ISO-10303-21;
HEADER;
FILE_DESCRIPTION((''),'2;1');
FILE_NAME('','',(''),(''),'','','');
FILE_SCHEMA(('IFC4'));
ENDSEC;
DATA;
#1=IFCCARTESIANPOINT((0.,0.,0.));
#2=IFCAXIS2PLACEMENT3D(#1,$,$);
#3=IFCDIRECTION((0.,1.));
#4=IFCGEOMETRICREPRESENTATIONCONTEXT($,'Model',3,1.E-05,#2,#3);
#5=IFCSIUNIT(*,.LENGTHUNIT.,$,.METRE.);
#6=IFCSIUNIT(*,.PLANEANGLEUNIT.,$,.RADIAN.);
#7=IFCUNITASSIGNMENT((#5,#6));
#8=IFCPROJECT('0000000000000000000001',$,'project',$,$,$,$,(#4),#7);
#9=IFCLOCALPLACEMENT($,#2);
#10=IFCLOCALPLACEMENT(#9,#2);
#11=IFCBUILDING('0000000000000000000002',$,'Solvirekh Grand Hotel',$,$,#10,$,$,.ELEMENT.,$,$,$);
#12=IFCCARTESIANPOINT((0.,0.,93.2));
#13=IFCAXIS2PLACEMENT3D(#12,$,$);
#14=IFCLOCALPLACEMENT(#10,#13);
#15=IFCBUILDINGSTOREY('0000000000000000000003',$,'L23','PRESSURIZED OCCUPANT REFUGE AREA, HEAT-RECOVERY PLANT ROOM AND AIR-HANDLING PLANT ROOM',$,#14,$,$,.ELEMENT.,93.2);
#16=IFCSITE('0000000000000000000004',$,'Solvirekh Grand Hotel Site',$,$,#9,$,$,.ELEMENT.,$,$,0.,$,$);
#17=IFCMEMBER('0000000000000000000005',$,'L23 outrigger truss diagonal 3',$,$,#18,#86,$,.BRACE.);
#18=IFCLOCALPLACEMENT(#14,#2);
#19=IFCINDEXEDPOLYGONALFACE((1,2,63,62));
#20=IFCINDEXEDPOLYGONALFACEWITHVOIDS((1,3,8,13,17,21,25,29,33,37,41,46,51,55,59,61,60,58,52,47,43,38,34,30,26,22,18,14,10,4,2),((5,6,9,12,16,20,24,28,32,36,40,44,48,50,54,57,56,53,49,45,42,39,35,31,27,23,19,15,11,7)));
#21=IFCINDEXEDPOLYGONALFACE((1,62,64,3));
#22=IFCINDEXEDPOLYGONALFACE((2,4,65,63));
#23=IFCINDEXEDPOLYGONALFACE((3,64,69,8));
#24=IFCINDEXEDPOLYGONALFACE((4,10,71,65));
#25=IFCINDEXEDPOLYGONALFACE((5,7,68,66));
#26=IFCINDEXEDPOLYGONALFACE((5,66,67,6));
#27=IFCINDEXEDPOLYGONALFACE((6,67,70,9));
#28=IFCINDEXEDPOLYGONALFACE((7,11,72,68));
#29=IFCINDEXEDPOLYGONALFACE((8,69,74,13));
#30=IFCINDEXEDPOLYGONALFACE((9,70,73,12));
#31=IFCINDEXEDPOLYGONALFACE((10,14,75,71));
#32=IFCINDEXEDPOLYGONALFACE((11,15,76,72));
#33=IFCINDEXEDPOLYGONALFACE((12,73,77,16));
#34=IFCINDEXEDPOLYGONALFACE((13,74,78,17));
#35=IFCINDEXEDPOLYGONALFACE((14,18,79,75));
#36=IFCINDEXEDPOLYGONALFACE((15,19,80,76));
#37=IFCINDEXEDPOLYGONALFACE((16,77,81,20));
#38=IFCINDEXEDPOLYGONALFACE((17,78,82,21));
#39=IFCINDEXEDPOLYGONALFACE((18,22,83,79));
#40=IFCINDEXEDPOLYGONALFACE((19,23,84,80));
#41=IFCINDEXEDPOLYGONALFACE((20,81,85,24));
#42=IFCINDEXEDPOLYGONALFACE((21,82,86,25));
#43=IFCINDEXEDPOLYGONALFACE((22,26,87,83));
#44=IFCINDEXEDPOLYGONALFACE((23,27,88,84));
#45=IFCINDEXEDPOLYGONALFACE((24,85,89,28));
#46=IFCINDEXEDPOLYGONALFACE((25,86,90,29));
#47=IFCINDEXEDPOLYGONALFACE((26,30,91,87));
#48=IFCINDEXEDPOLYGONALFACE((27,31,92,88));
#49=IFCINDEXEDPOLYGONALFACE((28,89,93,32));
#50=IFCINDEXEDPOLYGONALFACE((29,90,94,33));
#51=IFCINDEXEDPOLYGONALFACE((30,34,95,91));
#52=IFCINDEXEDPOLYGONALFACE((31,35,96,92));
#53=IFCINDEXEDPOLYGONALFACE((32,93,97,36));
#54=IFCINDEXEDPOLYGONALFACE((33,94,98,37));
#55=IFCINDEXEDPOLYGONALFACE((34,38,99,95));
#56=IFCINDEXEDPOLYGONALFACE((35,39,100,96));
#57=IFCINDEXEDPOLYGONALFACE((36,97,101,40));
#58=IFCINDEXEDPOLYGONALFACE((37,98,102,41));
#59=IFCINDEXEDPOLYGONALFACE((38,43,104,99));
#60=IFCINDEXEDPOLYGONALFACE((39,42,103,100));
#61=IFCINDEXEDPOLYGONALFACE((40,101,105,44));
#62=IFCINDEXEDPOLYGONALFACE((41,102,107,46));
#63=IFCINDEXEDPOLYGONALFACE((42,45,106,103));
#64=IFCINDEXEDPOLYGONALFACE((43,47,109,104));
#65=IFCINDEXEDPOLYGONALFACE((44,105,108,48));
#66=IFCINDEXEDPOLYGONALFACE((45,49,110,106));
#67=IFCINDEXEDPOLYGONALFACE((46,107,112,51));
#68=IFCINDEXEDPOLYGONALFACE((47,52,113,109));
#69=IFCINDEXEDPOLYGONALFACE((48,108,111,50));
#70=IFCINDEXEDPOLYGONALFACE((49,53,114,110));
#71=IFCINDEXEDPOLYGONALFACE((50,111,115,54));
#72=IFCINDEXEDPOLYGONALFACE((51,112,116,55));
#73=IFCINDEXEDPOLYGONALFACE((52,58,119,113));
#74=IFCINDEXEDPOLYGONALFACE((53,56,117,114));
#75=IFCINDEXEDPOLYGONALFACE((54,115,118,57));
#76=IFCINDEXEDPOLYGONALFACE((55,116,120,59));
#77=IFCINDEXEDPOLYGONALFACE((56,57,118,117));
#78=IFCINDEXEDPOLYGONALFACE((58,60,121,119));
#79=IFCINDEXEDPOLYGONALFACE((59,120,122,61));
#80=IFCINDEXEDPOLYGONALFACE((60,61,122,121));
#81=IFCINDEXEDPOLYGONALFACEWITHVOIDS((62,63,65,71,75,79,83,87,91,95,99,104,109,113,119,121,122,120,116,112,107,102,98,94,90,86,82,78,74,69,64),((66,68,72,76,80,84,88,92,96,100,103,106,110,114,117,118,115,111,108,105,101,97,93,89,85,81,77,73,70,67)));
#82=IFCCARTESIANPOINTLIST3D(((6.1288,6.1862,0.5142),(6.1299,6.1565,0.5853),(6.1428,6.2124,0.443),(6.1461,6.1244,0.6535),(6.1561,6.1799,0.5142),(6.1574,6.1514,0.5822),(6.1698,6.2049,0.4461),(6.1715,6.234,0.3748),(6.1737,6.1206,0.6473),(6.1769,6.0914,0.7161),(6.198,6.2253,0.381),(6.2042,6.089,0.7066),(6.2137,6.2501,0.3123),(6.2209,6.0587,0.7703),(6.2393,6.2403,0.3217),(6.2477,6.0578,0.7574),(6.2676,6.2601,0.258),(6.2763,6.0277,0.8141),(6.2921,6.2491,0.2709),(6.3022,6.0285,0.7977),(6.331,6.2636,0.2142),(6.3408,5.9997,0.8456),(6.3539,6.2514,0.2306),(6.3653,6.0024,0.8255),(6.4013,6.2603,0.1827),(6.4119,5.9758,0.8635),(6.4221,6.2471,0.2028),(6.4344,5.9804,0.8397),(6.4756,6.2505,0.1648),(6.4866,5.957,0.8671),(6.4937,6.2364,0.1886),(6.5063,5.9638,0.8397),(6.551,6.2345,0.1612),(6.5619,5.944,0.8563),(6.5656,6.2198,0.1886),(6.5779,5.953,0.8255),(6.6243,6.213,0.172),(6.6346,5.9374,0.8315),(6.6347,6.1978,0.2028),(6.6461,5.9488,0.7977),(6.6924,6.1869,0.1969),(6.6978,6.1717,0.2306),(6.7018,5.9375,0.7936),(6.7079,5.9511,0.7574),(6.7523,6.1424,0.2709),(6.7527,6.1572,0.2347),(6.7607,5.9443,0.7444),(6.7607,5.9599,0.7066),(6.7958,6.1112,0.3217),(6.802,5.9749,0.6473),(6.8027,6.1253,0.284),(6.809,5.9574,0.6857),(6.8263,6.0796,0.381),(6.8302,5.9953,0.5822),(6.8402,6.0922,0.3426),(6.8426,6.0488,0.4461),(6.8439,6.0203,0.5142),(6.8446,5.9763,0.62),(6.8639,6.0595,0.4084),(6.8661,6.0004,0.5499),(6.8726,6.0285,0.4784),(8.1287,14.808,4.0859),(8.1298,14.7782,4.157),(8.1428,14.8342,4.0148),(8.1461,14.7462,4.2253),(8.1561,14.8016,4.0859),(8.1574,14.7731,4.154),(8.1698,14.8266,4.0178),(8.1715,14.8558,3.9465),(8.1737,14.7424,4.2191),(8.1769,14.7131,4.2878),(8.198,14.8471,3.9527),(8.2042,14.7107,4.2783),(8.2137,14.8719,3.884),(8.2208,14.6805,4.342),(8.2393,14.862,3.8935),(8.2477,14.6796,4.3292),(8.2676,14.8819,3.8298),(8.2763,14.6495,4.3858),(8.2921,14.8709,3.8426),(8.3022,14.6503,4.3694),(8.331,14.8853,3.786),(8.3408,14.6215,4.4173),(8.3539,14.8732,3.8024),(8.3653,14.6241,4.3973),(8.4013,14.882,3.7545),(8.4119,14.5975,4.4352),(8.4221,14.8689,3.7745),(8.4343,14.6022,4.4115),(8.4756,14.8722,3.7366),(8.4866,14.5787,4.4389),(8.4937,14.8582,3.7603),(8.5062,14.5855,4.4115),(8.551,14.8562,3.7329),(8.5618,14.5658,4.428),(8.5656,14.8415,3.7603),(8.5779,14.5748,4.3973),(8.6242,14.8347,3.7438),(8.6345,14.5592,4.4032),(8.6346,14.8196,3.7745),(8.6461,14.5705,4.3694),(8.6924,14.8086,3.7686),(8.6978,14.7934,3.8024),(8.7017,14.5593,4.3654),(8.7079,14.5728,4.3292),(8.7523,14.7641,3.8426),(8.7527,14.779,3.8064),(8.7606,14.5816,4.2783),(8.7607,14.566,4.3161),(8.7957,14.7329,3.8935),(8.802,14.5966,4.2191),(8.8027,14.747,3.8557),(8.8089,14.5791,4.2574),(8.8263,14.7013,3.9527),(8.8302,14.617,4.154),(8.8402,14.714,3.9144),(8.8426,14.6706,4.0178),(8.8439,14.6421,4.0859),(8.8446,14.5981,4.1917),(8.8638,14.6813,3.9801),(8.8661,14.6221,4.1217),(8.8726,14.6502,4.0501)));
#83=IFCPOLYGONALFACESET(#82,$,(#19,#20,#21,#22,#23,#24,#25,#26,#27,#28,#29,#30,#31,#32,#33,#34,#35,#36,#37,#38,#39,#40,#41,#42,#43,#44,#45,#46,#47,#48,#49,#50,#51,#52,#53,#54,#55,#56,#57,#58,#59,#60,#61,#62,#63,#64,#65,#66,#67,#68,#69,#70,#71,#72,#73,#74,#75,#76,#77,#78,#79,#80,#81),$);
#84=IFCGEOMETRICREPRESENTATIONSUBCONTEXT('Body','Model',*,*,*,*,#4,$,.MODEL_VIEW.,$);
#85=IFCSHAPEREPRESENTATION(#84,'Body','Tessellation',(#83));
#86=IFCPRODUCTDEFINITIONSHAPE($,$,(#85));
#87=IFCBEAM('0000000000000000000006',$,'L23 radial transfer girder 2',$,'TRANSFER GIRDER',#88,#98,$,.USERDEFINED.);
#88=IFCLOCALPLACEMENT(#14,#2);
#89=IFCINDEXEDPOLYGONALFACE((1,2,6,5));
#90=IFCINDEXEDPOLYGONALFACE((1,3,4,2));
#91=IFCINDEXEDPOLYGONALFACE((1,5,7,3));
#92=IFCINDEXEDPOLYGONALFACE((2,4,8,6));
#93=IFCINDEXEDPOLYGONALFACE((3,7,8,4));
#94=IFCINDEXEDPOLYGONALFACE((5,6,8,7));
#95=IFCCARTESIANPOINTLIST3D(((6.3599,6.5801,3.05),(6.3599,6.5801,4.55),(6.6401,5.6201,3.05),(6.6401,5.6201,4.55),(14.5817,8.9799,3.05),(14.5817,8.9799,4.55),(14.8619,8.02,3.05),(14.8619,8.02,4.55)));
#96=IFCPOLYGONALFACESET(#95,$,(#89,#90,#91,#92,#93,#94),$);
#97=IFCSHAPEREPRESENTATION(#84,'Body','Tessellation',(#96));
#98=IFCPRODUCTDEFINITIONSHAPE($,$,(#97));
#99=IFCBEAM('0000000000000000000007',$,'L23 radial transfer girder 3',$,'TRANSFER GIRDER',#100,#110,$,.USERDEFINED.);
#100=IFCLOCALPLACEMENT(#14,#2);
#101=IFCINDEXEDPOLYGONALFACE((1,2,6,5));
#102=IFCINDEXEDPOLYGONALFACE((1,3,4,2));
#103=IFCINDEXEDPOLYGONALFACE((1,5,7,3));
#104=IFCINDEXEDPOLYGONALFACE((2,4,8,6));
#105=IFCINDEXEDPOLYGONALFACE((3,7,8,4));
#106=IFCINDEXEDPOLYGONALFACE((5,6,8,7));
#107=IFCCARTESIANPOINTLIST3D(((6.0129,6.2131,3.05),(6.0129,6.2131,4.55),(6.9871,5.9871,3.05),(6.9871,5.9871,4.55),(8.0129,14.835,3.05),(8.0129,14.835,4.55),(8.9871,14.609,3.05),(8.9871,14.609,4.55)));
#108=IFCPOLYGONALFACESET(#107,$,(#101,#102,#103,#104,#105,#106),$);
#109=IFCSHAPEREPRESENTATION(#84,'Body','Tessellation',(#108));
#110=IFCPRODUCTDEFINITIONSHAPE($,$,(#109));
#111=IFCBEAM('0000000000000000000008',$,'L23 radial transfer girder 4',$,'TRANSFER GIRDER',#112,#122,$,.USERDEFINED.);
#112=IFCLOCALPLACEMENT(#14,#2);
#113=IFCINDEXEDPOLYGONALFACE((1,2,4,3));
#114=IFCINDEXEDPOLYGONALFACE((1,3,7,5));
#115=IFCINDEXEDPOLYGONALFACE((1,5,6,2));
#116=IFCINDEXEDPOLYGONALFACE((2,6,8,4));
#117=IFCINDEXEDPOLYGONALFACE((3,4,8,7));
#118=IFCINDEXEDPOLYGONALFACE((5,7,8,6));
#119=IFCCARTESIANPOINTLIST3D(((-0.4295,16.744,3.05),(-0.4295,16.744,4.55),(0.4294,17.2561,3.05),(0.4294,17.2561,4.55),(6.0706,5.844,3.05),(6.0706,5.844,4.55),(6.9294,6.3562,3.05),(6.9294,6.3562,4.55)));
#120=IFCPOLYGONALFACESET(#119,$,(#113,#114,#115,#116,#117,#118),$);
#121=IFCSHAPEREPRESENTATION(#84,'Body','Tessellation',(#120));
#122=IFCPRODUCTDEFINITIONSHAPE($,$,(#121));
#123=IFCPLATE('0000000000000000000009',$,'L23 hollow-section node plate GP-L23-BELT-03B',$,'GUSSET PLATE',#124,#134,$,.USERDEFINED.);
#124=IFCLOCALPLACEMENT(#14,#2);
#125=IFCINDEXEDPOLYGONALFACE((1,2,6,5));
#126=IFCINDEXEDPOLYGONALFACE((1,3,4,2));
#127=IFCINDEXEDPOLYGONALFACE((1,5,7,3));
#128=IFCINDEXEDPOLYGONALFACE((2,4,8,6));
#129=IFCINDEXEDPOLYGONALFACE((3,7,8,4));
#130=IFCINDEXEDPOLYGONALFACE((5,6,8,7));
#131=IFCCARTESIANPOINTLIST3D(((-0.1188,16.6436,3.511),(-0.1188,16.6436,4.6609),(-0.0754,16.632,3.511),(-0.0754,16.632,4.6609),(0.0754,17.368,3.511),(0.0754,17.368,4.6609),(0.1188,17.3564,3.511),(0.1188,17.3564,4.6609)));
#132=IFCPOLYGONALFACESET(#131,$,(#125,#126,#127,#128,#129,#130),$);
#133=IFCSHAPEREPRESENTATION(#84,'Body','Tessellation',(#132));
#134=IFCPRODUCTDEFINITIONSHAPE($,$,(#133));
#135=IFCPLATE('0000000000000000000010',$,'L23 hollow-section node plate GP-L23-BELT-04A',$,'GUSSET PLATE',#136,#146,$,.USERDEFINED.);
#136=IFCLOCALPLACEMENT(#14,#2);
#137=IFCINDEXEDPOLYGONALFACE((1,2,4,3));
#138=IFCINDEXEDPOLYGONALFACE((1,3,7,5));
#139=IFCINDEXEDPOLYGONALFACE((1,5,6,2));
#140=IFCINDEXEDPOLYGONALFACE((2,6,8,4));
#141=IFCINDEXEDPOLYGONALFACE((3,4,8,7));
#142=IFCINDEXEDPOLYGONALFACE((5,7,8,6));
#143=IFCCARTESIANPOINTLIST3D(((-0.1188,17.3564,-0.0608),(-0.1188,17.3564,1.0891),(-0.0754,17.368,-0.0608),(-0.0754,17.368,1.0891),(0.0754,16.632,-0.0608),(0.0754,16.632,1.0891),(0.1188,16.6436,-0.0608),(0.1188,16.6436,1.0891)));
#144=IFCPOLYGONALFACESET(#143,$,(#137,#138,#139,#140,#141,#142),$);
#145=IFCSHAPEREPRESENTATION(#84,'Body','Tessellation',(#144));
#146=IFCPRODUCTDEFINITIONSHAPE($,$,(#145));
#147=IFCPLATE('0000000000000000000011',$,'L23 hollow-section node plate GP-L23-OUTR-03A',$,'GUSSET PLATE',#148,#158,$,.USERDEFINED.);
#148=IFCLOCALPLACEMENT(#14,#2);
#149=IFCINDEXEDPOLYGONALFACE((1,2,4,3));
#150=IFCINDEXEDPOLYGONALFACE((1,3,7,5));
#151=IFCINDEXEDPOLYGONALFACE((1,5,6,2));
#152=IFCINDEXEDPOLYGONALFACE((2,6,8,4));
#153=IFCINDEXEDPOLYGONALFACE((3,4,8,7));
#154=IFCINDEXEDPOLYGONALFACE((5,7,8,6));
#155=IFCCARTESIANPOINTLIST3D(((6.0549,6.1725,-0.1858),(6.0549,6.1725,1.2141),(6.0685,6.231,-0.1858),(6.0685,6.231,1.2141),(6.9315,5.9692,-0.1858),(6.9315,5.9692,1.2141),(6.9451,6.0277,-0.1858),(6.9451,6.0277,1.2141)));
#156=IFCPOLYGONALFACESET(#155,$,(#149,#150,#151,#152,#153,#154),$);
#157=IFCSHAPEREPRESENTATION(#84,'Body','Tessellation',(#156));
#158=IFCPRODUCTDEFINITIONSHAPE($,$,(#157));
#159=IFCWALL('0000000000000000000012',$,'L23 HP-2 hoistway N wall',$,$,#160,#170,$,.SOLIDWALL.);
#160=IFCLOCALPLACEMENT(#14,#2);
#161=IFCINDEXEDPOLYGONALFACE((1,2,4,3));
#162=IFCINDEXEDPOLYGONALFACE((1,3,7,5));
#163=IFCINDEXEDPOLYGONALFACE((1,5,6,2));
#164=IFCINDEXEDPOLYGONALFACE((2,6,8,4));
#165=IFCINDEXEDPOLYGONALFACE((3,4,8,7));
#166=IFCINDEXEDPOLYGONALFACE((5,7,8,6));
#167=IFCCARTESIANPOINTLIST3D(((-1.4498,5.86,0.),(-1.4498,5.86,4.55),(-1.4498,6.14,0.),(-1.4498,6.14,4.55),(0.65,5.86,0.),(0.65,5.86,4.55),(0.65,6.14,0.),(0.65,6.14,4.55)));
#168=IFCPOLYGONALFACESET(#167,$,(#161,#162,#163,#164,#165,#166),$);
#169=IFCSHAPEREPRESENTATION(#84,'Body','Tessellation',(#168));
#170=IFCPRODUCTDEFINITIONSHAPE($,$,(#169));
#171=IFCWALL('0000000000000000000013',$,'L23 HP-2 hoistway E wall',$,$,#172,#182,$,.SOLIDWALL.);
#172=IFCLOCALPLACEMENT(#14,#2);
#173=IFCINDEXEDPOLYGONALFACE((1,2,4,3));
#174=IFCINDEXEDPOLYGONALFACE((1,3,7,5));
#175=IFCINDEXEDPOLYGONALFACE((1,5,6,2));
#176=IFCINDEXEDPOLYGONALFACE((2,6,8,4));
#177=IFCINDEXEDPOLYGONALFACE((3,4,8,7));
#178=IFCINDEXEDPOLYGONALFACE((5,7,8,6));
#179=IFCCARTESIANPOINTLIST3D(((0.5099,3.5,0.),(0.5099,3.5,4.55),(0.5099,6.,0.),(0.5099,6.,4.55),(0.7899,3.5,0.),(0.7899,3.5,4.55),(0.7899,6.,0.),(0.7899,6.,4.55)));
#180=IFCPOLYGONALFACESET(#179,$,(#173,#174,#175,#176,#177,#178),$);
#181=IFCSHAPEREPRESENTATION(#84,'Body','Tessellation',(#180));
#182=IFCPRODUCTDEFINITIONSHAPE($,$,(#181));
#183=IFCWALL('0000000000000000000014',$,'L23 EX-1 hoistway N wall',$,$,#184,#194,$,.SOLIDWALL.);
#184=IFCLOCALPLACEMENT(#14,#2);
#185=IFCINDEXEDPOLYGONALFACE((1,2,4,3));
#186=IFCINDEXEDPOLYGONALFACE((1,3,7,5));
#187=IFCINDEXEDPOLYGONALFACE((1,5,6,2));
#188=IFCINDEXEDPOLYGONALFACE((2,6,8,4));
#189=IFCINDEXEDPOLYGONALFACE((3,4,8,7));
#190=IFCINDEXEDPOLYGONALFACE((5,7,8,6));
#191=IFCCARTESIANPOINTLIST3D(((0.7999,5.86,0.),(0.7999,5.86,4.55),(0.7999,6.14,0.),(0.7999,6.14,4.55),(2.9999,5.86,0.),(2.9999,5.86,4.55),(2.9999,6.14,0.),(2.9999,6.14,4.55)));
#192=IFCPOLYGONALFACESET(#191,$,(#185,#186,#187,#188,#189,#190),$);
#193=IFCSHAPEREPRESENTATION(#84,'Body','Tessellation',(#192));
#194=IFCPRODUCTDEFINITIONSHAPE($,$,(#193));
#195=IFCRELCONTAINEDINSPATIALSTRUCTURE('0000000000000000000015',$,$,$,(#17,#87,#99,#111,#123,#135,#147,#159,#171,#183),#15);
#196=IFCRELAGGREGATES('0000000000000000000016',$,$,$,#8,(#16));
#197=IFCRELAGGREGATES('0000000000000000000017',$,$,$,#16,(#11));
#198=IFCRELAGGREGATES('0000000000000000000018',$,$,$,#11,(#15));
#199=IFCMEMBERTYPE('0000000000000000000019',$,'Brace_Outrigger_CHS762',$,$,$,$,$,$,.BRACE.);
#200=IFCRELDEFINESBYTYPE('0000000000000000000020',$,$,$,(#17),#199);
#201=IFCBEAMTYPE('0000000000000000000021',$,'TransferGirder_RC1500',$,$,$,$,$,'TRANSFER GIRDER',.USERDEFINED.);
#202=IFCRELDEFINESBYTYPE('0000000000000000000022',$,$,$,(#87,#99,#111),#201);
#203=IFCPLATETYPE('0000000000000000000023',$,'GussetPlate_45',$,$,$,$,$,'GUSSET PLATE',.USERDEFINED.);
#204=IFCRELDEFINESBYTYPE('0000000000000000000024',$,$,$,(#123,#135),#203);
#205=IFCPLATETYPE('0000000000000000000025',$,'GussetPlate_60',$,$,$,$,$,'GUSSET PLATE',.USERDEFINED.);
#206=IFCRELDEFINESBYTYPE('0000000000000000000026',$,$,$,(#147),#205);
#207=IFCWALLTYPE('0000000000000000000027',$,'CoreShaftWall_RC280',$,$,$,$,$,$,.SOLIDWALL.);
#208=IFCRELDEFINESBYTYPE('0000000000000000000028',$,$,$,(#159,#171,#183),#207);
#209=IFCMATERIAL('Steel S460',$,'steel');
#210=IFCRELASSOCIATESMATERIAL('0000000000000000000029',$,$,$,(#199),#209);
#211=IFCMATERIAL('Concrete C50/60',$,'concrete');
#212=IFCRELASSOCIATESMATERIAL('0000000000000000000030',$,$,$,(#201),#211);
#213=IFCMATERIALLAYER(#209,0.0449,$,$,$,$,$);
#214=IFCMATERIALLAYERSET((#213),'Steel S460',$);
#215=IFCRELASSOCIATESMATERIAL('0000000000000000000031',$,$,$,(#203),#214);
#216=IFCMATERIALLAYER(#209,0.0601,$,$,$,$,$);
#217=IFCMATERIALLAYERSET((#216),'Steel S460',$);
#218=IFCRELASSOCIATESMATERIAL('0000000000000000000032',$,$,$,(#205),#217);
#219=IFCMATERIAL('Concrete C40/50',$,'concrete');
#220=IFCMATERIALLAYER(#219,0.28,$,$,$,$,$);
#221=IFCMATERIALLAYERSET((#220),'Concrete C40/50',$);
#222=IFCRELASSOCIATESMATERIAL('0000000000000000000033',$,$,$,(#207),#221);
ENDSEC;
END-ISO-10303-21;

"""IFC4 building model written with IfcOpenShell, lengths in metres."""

from ifc_helpers import new_model, si_unit, direction, frame, frame_2d, origin, origin_2d, place, context, subcontext, project, spatial, rectangle, hollow_circle, extrude, material, layer, layer_set, material_profile, profile_set, type_object, element, save


model = new_model("IFC4")

# Units and contexts
model_context = context("Model", 3, precision=1e-05, world=origin(), true_north=direction((0.0, 1.0)))
body_context = subcontext(model_context, "Body", "Model", "MODEL_VIEW")
ifc_project = project(units=[si_unit("LENGTHUNIT", "METRE"), si_unit("PLANEANGLEUNIT", "RADIAN")], contexts=[model_context])

# Site, building, storey
site_placement = place(None, origin())
site = spatial("IfcSite", under=ifc_project, at=site_placement, Name="Solvirekh Grand Hotel Site", CompositionType="ELEMENT", RefElevation=0.0)
building_placement = place(site_placement, origin())
building = spatial("IfcBuilding", under=site, at=building_placement, Name="Solvirekh Grand Hotel", CompositionType="ELEMENT")
storey_placement = place(building_placement, frame((0.0, 0.0, 93.2)))
storey = spatial("IfcBuildingStorey", under=building, at=storey_placement, Name="L23", Description="PRESSURIZED OCCUPANT REFUGE AREA, HEAT-RECOVERY PLANT ROOM AND AIR-HANDLING PLANT ROOM", CompositionType="ELEMENT", Elevation=93.2)

# Shared definitions
ifc_material_1 = material(Name="Steel S460", Category="steel")

# Member
ifc_material_profile_1 = material_profile(ifc_material_1, hollow_circle(Radius=0.3811, WallThickness=0.0281, at=origin_2d()), Name="CHS 762X28")
ifc_profile_set_1 = profile_set([ifc_material_profile_1], Name="Steel S460")
member_type_1 = type_object("IfcMemberType", Name="Brace_Outrigger_CHS762", PredefinedType="BRACE", material=ifc_profile_set_1)
member_1_placement = place(storey_placement, frame((6.5, 6.1001, 0.5142), z_axis=(0.209549, 0.903349, 0.374232), x_axis=(-0.974134, 0.225969, 0.0)))
element("IfcMember", 1, at=member_1_placement, inside=storey, type_object=member_type_1, Name="L23 outrigger truss diagonal 3", PredefinedType="BRACE", context=body_context, shape_type="SweptSolid", body=[
    extrude(hollow_circle(Radius=0.3811, WallThickness=0.0281, at=origin_2d()), origin(), (0.0, 0.0, 1.0), 9.5442),
])

# Beams
ifc_material_2 = material(Name="Concrete C50/60", Category="concrete")
ifc_material_profile_2 = material_profile(ifc_material_2, rectangle(XDim=1.0, YDim=1.5, at=origin_2d()), Name="RC GIRDER 1000X1500")
ifc_profile_set_2 = profile_set([ifc_material_profile_2], Name="Concrete C50/60")
beam_type_1 = type_object("IfcBeamType", Name="TransferGirder_RC1500", ElementType="TRANSFER GIRDER", PredefinedType="USERDEFINED", material=ifc_profile_set_2)
beam_1_placement = place(storey_placement, frame((6.5, 6.1001, 3.8), z_axis=(0.959942, 0.280198, 0.0), x_axis=(-0.280198, 0.959942, 0.0)))
element("IfcBeam", 2, at=beam_1_placement, inside=storey, type_object=beam_type_1, Name="L23 radial transfer girder 2", ObjectType="TRANSFER GIRDER", PredefinedType="USERDEFINED", context=body_context, shape_type="SweptSolid", body=[
    extrude(rectangle(XDim=1.0, YDim=1.5, at=origin_2d()), origin(), (0.0, 0.0, 1.0), 8.5649),
])
beam_2_placement = place(storey_placement, frame((6.5, 6.1001, 3.8), z_axis=(0.225969, 0.974134, 0.0), x_axis=(-0.974134, 0.225969, 0.0)))
element("IfcBeam", 3, at=beam_2_placement, inside=storey, type_object=beam_type_1, Name="L23 radial transfer girder 3", ObjectType="TRANSFER GIRDER", PredefinedType="USERDEFINED", context=body_context, shape_type="SweptSolid", body=[
    extrude(rectangle(XDim=1.0, YDim=1.5, at=origin_2d()), origin(), (0.0, 0.0, 1.0), 8.8508),
])
beam_3_placement = place(storey_placement, frame((6.5, 6.1001, 3.8), z_axis=(-0.51218, 0.858878, 0.0), x_axis=(-0.858878, -0.51218, 0.0)))
element("IfcBeam", 4, at=beam_3_placement, inside=storey, type_object=beam_type_1, Name="L23 radial transfer girder 4", ObjectType="TRANSFER GIRDER", PredefinedType="USERDEFINED", context=body_context, shape_type="SweptSolid", body=[
    extrude(rectangle(XDim=1.0, YDim=1.5, at=origin_2d()), origin(), (0.0, 0.0, 1.0), 12.6909),
])

# Plates
ifc_layer_1 = layer(ifc_material_1, 0.0449)
ifc_layer_set_1 = layer_set([ifc_layer_1], Name="Steel S460")
plate_type_1 = type_object("IfcPlateType", Name="GussetPlate_45", ElementType="GUSSET PLATE", PredefinedType="USERDEFINED", material=ifc_layer_set_1)
for number, where, z_axis, x_axis, name in (
    (5, (0.0, 17.0, 3.511), (0.0, 0.0, 1.0), (-0.965926, 0.258819, 0.0), "L23 hollow-section node plate GP-L23-BELT-03B"),
    (6, (0.0, 17.0, -0.0608), (0.0, 0.0, 1.0), (-0.965926, -0.258819, 0.0), "L23 hollow-section node plate GP-L23-BELT-04A"),
):
    element("IfcPlate", number, at=place(storey_placement, frame(where, z_axis=z_axis, x_axis=x_axis)), inside=storey, type_object=plate_type_1, Name=name, ObjectType="GUSSET PLATE", PredefinedType="USERDEFINED", context=body_context, shape_type="SweptSolid", body=[
        extrude(rectangle(XDim=0.0449, YDim=0.75, at=origin_2d()), origin(), (0.0, 0.0, 1.0), 1.1499),
    ])
ifc_layer_2 = layer(ifc_material_1, 0.0601)
ifc_layer_set_2 = layer_set([ifc_layer_2], Name="Steel S460")
plate_type_2 = type_object("IfcPlateType", Name="GussetPlate_60", ElementType="GUSSET PLATE", PredefinedType="USERDEFINED", material=ifc_layer_set_2)
plate_placement = place(storey_placement, frame((6.5, 6.1001, -0.1858), z_axis=(0.0, 0.0, 1.0), x_axis=(0.225971, 0.974134, 0.0)))
element("IfcPlate", 7, at=plate_placement, inside=storey, type_object=plate_type_2, Name="L23 hollow-section node plate GP-L23-OUTR-03A", ObjectType="GUSSET PLATE", PredefinedType="USERDEFINED", context=body_context, shape_type="SweptSolid", body=[
    extrude(rectangle(XDim=0.0601, YDim=0.8999, at=origin_2d()), origin(), (0.0, 0.0, 1.0), 1.3999),
])

# Walls
ifc_material_3 = material(Name="Concrete C40/50", Category="concrete")
ifc_layer_3 = layer(ifc_material_3, 0.28)
ifc_layer_set_3 = layer_set([ifc_layer_3], Name="Concrete C40/50")
wall_type_1 = type_object("IfcWallType", Name="CoreShaftWall_RC280", PredefinedType="SOLIDWALL", material=ifc_layer_set_3)
wall_1_placement = place(storey_placement, frame((0.6499, 6.0, 0.0), z_axis=(0.0, 0.0, 1.0), x_axis=(-1.0, 0.0, 0.0)))
element("IfcWall", 8, at=wall_1_placement, inside=storey, type_object=wall_type_1, Name="L23 HP-2 hoistway N wall", PredefinedType="SOLIDWALL", context=body_context, shape_type="SweptSolid", body=[
    extrude(rectangle(XDim=2.0999, YDim=0.28, at=frame_2d((1.0498, 0.0))), origin(), (0.0, 0.0, 1.0), 4.55),
])
wall_2_placement = place(storey_placement, frame((0.6499, 3.5, 0.0), z_axis=(0.0, 0.0, 1.0), x_axis=(0.0, 1.0, 0.0)))
element("IfcWall", 9, at=wall_2_placement, inside=storey, type_object=wall_type_1, Name="L23 HP-2 hoistway E wall", PredefinedType="SOLIDWALL", context=body_context, shape_type="SweptSolid", body=[
    extrude(rectangle(XDim=2.5, YDim=0.28, at=frame_2d((1.25, 0.0))), origin(), (0.0, 0.0, 1.0), 4.55),
])
wall_3_placement = place(storey_placement, frame((3.0, 6.0, 0.0), z_axis=(0.0, 0.0, 1.0), x_axis=(-1.0, 0.0, 0.0)))
element("IfcWall", 10, at=wall_3_placement, inside=storey, type_object=wall_type_1, Name="L23 EX-1 hoistway N wall", PredefinedType="SOLIDWALL", context=body_context, shape_type="SweptSolid", body=[
    extrude(rectangle(XDim=2.2, YDim=0.28, at=frame_2d((1.1001, 0.0))), origin(), (0.0, 0.0, 1.0), 4.55),
])

save(model, "model.ifc")
